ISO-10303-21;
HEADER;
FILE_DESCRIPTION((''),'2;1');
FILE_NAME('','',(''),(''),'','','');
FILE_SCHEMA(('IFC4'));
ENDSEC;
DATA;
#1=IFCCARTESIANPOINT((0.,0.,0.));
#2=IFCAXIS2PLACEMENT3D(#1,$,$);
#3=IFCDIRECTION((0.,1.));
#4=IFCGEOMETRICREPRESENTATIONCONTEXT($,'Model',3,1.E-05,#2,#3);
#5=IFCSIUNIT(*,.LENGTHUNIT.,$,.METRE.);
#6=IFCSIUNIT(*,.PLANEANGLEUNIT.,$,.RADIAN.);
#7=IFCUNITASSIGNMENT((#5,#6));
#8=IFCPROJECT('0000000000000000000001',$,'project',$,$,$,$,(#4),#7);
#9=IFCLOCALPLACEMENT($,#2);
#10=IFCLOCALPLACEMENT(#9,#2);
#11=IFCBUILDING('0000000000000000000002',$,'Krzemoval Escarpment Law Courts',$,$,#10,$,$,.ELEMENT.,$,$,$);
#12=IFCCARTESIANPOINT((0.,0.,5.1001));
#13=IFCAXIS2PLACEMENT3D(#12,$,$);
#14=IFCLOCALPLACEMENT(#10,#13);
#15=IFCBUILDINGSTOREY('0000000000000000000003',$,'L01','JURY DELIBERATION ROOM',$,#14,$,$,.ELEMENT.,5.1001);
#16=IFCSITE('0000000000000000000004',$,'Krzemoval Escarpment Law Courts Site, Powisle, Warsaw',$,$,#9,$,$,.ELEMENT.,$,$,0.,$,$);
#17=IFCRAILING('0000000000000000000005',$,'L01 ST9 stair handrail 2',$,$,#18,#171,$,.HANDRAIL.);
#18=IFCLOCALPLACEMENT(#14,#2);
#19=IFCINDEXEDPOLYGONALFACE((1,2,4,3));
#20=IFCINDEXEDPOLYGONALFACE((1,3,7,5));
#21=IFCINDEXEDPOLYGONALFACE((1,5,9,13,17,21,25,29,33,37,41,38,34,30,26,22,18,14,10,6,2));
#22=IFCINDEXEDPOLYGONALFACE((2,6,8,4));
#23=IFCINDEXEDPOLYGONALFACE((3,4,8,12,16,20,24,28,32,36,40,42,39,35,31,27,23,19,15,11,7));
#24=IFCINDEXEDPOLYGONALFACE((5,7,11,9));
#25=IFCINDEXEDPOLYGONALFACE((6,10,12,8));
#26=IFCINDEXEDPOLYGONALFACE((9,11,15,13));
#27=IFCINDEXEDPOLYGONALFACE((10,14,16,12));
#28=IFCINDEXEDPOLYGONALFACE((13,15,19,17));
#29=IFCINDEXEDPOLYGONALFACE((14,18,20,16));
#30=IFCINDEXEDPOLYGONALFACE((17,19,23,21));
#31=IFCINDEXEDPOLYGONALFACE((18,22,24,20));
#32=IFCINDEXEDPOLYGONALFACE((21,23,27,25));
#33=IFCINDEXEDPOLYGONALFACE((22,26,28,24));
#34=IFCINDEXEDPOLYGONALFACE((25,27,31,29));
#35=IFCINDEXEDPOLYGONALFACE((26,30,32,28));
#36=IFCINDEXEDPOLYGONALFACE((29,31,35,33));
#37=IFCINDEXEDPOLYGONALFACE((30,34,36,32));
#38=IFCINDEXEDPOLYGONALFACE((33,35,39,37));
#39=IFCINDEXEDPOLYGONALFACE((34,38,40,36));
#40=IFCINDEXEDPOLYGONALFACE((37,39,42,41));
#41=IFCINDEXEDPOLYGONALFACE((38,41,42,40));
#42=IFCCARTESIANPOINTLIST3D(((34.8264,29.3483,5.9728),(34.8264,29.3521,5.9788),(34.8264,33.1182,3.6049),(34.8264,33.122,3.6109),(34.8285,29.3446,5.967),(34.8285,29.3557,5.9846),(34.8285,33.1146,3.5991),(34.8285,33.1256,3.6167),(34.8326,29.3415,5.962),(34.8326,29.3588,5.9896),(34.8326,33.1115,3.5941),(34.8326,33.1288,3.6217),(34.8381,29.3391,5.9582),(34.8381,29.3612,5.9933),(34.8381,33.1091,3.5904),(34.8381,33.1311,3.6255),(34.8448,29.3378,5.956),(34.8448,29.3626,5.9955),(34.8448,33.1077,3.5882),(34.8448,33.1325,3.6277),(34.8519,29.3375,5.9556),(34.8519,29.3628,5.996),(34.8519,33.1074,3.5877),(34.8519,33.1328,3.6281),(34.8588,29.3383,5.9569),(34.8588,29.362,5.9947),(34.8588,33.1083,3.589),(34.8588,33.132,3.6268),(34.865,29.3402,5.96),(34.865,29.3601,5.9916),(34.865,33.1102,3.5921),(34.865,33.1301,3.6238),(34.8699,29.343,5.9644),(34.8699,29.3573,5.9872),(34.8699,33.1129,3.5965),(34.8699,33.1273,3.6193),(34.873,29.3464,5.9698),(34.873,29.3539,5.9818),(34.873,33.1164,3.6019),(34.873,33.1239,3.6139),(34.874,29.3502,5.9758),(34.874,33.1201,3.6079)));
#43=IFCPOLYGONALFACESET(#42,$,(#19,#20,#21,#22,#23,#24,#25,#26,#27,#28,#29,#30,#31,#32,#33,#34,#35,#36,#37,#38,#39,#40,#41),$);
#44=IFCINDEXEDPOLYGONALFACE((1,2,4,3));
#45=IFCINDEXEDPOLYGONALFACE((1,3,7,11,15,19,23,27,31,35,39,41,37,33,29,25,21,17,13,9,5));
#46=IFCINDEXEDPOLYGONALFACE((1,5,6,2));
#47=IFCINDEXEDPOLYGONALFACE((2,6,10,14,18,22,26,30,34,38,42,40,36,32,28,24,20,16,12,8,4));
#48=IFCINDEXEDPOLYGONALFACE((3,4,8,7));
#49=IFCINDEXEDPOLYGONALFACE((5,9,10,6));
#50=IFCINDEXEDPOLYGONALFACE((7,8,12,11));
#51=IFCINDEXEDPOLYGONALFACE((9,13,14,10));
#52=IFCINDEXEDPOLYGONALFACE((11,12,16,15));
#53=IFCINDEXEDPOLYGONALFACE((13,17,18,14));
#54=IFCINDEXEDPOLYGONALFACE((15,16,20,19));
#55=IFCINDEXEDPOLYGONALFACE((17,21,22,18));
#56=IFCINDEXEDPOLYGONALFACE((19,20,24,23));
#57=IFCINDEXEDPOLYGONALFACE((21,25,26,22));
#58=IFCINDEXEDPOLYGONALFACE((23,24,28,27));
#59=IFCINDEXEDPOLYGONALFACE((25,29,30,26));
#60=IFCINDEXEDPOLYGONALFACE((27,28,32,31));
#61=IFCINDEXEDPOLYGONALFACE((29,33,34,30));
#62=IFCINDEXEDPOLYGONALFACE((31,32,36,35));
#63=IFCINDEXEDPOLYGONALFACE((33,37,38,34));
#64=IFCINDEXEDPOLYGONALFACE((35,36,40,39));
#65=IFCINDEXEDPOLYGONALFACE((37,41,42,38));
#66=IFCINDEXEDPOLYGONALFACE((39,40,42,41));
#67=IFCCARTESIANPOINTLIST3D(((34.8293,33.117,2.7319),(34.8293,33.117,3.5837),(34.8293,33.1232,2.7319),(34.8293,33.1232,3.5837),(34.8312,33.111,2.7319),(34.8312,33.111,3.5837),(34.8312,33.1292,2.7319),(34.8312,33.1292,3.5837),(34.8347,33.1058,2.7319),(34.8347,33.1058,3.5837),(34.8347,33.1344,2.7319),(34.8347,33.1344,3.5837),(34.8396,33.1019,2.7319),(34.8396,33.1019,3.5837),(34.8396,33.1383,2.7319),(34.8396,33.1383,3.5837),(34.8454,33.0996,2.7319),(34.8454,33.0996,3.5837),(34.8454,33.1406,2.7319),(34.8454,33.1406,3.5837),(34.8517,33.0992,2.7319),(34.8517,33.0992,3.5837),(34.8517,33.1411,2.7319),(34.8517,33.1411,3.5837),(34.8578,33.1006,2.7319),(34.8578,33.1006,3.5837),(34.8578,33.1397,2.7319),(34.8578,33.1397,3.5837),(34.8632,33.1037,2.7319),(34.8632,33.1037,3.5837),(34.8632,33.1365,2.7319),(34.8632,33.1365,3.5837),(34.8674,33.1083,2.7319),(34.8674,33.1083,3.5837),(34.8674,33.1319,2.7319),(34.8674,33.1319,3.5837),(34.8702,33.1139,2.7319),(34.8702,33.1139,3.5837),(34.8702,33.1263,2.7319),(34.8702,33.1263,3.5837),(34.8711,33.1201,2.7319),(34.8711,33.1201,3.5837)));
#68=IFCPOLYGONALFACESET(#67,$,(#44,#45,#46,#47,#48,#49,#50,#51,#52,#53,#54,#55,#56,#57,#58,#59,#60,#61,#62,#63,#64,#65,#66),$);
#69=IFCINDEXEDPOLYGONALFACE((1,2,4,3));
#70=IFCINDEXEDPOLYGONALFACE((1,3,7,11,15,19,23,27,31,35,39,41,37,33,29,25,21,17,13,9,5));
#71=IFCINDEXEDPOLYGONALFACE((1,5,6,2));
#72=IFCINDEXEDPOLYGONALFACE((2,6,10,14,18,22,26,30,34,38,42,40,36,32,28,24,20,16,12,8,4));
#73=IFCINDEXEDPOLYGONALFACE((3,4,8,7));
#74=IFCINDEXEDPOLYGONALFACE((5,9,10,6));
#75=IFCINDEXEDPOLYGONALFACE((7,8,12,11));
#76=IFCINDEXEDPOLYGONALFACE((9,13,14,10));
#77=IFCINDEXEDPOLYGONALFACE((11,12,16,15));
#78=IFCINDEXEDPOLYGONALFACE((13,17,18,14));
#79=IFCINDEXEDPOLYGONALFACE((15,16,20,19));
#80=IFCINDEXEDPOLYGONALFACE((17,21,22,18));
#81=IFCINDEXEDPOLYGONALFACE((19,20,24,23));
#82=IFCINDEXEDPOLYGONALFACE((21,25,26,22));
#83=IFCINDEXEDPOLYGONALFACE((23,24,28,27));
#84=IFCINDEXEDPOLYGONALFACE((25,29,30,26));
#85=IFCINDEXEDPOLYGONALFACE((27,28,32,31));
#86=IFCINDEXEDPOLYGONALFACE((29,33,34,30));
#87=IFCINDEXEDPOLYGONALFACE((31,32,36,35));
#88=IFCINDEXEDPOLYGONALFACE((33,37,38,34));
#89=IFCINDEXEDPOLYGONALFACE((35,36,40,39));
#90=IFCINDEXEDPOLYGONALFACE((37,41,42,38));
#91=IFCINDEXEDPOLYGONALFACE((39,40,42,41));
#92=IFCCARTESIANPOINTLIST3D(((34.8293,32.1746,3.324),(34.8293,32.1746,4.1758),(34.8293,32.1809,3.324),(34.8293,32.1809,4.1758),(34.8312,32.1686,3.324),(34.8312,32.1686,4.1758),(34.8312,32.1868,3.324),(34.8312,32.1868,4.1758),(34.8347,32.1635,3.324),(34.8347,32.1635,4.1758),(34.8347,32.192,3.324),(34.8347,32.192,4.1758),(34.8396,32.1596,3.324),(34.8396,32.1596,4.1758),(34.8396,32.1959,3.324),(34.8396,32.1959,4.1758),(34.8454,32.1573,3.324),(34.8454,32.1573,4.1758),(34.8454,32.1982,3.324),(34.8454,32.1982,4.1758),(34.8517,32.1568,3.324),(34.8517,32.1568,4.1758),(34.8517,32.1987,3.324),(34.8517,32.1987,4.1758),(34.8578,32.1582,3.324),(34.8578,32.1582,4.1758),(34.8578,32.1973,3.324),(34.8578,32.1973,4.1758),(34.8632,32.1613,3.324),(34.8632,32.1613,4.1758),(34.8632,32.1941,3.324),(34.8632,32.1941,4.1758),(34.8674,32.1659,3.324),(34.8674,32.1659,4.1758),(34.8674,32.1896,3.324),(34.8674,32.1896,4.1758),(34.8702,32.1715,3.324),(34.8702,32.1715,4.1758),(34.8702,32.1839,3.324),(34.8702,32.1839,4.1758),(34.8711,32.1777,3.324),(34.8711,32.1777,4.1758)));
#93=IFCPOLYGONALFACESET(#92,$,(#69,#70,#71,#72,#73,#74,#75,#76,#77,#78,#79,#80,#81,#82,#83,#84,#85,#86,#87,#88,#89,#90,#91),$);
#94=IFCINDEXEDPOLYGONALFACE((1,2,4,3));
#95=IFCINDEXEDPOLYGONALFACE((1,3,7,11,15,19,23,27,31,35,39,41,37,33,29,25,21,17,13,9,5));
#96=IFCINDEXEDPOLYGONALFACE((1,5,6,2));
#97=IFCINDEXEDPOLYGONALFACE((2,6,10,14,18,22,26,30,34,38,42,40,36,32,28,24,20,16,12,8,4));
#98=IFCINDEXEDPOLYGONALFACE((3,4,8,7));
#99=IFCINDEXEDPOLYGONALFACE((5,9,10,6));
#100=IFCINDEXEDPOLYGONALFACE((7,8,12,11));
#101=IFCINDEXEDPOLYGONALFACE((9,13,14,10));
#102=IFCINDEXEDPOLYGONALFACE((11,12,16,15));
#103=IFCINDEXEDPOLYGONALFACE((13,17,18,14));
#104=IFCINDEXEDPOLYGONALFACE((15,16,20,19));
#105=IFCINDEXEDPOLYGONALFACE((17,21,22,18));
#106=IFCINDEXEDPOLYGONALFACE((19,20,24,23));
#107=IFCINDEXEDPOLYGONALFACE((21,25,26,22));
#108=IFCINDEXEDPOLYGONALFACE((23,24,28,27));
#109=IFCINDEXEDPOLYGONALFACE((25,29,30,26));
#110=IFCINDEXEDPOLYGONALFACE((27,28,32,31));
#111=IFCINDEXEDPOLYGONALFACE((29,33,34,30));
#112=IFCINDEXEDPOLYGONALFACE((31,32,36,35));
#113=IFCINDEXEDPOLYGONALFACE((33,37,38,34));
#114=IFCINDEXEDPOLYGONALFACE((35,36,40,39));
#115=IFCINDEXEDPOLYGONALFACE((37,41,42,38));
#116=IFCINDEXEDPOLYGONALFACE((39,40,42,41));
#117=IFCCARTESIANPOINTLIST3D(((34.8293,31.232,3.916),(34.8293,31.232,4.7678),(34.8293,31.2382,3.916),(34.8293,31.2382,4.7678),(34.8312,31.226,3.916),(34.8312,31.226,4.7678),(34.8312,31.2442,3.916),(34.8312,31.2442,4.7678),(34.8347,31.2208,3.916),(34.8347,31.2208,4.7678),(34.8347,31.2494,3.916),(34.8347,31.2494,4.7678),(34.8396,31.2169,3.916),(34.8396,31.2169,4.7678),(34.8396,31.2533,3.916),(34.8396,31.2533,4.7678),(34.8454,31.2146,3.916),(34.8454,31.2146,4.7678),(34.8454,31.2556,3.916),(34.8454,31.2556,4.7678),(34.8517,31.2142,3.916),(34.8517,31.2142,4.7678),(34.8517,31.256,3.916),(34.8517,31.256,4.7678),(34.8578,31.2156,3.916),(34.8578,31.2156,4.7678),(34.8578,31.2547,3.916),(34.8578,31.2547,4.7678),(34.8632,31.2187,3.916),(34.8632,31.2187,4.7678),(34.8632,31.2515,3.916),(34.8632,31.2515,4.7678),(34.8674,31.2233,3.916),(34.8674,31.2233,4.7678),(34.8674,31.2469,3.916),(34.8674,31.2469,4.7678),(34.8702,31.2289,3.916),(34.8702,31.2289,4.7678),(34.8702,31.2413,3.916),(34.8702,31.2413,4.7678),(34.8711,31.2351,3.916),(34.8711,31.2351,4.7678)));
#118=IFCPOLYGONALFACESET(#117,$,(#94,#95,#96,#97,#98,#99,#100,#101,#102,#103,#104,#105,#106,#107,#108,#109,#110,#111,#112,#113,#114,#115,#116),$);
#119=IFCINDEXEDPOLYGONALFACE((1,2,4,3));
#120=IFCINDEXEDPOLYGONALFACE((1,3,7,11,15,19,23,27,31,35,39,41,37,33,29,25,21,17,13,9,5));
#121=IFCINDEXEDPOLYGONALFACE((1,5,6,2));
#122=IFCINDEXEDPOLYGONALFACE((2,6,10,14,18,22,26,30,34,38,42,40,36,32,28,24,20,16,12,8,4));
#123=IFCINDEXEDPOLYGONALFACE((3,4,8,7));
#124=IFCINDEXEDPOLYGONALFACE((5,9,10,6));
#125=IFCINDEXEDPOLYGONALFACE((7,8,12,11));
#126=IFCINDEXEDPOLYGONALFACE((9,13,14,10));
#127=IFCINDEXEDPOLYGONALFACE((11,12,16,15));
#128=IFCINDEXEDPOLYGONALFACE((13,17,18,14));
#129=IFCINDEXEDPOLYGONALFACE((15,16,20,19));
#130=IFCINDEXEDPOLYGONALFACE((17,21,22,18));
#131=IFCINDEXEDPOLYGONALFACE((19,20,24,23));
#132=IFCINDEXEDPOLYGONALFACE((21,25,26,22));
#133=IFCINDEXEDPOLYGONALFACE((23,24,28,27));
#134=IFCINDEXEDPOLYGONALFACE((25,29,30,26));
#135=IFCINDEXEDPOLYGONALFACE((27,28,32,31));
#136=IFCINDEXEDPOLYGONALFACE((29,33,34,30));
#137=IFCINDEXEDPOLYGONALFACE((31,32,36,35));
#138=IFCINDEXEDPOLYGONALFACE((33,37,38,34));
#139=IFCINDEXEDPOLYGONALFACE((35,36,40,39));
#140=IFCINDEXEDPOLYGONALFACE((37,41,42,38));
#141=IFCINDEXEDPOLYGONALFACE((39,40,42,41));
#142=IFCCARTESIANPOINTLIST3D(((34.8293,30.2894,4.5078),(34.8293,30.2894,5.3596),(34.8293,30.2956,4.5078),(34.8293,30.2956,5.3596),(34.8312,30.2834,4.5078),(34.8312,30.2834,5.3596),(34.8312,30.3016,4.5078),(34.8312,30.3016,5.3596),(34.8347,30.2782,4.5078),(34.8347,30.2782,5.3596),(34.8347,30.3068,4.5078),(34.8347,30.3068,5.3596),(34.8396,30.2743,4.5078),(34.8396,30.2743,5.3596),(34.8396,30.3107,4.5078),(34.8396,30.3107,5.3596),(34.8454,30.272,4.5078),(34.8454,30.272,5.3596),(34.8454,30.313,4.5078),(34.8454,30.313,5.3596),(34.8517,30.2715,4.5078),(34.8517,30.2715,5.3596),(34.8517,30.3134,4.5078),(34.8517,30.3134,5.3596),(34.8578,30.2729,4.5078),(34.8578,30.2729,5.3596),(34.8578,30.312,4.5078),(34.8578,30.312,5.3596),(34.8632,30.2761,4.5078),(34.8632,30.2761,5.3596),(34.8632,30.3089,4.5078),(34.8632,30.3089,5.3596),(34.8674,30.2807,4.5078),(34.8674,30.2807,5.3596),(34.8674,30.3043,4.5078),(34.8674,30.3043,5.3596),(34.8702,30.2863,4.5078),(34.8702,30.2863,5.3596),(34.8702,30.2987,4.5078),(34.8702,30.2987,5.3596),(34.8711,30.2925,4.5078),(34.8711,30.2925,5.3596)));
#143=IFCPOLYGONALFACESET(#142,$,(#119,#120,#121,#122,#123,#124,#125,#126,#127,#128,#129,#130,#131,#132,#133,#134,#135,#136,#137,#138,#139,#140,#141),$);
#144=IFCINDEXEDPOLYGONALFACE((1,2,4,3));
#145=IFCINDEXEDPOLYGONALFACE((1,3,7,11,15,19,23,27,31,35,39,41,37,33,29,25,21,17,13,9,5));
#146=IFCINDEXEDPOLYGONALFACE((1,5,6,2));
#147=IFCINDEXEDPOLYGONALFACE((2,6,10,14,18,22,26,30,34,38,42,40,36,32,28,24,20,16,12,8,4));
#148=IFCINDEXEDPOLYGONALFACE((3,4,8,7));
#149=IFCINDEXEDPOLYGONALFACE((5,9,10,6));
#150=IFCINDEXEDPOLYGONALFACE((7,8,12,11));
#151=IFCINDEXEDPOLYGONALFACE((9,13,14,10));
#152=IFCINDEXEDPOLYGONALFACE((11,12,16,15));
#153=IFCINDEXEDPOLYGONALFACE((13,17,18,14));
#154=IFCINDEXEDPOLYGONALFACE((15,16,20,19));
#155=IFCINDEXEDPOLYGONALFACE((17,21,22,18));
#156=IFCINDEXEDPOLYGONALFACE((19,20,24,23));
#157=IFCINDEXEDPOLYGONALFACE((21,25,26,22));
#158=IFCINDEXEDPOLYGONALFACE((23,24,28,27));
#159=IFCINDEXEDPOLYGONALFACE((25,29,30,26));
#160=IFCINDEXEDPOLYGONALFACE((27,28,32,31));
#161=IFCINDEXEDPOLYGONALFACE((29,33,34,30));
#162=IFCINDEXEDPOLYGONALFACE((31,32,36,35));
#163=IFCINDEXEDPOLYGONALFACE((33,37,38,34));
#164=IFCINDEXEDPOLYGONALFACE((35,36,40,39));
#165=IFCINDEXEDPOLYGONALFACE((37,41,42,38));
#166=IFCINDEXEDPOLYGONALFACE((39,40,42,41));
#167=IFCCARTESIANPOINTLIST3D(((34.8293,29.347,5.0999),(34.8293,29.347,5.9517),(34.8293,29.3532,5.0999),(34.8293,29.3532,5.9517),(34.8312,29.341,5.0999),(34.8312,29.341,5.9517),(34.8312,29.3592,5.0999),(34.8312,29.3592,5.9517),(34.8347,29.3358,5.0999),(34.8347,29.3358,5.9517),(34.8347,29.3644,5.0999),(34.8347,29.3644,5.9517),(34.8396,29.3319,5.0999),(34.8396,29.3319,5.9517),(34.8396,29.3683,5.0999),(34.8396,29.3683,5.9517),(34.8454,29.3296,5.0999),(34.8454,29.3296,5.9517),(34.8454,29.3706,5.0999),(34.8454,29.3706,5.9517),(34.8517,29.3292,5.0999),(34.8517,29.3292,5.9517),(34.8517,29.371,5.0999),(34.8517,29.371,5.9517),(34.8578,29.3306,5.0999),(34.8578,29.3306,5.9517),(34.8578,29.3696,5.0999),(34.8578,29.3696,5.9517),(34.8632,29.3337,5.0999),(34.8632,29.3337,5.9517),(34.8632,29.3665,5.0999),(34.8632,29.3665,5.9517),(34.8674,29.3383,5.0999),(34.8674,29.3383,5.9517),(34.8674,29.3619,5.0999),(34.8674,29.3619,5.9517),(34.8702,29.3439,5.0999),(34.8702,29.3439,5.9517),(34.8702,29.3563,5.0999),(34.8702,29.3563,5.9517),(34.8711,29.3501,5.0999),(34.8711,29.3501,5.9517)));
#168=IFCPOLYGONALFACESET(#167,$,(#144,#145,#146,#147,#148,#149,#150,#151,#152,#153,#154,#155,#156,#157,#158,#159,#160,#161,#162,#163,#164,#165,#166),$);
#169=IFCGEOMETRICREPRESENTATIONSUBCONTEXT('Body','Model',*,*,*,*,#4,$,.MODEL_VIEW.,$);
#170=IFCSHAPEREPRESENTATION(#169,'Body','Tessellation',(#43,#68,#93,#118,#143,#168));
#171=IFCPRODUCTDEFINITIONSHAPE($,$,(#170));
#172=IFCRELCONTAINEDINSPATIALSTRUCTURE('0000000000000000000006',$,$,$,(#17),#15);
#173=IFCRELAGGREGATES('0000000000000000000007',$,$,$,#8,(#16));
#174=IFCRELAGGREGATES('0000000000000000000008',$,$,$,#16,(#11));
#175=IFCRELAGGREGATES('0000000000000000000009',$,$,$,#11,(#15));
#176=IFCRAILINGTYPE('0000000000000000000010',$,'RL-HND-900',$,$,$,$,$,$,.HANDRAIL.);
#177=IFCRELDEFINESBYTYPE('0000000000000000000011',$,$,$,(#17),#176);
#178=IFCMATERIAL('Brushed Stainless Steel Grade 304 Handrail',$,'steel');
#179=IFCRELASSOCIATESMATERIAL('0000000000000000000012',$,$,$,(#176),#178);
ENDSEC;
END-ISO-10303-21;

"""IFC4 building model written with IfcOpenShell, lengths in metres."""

from ifc_helpers import new_model, si_unit, direction, frame, origin, origin_2d, place, context, subcontext, project, spatial, circle, extrude, material, type_object, element, save


model = new_model("IFC4")

# Units and contexts
model_context = context("Model", 3, precision=1e-05, world=origin(), true_north=direction((0.0, 1.0)))
body_context = subcontext(model_context, "Body", "Model", "MODEL_VIEW")
ifc_project = project(units=[si_unit("LENGTHUNIT", "METRE"), si_unit("PLANEANGLEUNIT", "RADIAN")], contexts=[model_context])

# Site, building, storey
site_placement = place(None, origin())
site = spatial("IfcSite", under=ifc_project, at=site_placement, Name="Krzemoval Escarpment Law Courts Site, Powisle, Warsaw", CompositionType="ELEMENT", RefElevation=0.0)
building_placement = place(site_placement, origin())
building = spatial("IfcBuilding", under=site, at=building_placement, Name="Krzemoval Escarpment Law Courts", CompositionType="ELEMENT")
storey_placement = place(building_placement, frame((0.0, 0.0, 5.1001)))
storey = spatial("IfcBuildingStorey", under=building, at=storey_placement, Name="L01", Description="JURY DELIBERATION ROOM", CompositionType="ELEMENT", Elevation=5.1001)

# Railing
ifc_material_1 = material(Name="Brushed Stainless Steel Grade 304 Handrail", Category="steel")
railing_type_1 = type_object("IfcRailingType", Name="RL-HND-900", PredefinedType="HANDRAIL", material=ifc_material_1)
railing_1_placement = place(storey_placement, frame((34.8501, 33.1201, 2.7319)))
element("IfcRailing", 1, at=railing_1_placement, inside=storey, type_object=railing_type_1, Name="L01 ST9 stair handrail 2", PredefinedType="HANDRAIL", context=body_context, shape_type="SweptSolid", body=[
    extrude(circle(Radius=0.0239, at=origin_2d()), frame((0.0, 0.0, 0.876), z_axis=(0.0, -0.846819, 0.531881), x_axis=(1.0, 0.0, 0.0)), (0.0, 0.0, 1.0), 4.4519),
    extrude(circle(Radius=0.021, at=origin_2d()), origin(), (0.0, 0.0, 1.0), 0.8518),
    extrude(circle(Radius=0.021, at=origin_2d()), frame((0.0, -0.9424, 0.592)), (0.0, 0.0, 1.0), 0.8518),
    extrude(circle(Radius=0.021, at=origin_2d()), frame((0.0, -1.885, 1.1841)), (0.0, 0.0, 1.0), 0.8518),
    extrude(circle(Radius=0.021, at=origin_2d()), frame((0.0, -2.8276, 1.7759)), (0.0, 0.0, 1.0), 0.8518),
    extrude(circle(Radius=0.021, at=origin_2d()), frame((0.0, -3.77, 2.3679)), (0.0, 0.0, 1.0), 0.8518),
])

save(model, "model.ifc")
